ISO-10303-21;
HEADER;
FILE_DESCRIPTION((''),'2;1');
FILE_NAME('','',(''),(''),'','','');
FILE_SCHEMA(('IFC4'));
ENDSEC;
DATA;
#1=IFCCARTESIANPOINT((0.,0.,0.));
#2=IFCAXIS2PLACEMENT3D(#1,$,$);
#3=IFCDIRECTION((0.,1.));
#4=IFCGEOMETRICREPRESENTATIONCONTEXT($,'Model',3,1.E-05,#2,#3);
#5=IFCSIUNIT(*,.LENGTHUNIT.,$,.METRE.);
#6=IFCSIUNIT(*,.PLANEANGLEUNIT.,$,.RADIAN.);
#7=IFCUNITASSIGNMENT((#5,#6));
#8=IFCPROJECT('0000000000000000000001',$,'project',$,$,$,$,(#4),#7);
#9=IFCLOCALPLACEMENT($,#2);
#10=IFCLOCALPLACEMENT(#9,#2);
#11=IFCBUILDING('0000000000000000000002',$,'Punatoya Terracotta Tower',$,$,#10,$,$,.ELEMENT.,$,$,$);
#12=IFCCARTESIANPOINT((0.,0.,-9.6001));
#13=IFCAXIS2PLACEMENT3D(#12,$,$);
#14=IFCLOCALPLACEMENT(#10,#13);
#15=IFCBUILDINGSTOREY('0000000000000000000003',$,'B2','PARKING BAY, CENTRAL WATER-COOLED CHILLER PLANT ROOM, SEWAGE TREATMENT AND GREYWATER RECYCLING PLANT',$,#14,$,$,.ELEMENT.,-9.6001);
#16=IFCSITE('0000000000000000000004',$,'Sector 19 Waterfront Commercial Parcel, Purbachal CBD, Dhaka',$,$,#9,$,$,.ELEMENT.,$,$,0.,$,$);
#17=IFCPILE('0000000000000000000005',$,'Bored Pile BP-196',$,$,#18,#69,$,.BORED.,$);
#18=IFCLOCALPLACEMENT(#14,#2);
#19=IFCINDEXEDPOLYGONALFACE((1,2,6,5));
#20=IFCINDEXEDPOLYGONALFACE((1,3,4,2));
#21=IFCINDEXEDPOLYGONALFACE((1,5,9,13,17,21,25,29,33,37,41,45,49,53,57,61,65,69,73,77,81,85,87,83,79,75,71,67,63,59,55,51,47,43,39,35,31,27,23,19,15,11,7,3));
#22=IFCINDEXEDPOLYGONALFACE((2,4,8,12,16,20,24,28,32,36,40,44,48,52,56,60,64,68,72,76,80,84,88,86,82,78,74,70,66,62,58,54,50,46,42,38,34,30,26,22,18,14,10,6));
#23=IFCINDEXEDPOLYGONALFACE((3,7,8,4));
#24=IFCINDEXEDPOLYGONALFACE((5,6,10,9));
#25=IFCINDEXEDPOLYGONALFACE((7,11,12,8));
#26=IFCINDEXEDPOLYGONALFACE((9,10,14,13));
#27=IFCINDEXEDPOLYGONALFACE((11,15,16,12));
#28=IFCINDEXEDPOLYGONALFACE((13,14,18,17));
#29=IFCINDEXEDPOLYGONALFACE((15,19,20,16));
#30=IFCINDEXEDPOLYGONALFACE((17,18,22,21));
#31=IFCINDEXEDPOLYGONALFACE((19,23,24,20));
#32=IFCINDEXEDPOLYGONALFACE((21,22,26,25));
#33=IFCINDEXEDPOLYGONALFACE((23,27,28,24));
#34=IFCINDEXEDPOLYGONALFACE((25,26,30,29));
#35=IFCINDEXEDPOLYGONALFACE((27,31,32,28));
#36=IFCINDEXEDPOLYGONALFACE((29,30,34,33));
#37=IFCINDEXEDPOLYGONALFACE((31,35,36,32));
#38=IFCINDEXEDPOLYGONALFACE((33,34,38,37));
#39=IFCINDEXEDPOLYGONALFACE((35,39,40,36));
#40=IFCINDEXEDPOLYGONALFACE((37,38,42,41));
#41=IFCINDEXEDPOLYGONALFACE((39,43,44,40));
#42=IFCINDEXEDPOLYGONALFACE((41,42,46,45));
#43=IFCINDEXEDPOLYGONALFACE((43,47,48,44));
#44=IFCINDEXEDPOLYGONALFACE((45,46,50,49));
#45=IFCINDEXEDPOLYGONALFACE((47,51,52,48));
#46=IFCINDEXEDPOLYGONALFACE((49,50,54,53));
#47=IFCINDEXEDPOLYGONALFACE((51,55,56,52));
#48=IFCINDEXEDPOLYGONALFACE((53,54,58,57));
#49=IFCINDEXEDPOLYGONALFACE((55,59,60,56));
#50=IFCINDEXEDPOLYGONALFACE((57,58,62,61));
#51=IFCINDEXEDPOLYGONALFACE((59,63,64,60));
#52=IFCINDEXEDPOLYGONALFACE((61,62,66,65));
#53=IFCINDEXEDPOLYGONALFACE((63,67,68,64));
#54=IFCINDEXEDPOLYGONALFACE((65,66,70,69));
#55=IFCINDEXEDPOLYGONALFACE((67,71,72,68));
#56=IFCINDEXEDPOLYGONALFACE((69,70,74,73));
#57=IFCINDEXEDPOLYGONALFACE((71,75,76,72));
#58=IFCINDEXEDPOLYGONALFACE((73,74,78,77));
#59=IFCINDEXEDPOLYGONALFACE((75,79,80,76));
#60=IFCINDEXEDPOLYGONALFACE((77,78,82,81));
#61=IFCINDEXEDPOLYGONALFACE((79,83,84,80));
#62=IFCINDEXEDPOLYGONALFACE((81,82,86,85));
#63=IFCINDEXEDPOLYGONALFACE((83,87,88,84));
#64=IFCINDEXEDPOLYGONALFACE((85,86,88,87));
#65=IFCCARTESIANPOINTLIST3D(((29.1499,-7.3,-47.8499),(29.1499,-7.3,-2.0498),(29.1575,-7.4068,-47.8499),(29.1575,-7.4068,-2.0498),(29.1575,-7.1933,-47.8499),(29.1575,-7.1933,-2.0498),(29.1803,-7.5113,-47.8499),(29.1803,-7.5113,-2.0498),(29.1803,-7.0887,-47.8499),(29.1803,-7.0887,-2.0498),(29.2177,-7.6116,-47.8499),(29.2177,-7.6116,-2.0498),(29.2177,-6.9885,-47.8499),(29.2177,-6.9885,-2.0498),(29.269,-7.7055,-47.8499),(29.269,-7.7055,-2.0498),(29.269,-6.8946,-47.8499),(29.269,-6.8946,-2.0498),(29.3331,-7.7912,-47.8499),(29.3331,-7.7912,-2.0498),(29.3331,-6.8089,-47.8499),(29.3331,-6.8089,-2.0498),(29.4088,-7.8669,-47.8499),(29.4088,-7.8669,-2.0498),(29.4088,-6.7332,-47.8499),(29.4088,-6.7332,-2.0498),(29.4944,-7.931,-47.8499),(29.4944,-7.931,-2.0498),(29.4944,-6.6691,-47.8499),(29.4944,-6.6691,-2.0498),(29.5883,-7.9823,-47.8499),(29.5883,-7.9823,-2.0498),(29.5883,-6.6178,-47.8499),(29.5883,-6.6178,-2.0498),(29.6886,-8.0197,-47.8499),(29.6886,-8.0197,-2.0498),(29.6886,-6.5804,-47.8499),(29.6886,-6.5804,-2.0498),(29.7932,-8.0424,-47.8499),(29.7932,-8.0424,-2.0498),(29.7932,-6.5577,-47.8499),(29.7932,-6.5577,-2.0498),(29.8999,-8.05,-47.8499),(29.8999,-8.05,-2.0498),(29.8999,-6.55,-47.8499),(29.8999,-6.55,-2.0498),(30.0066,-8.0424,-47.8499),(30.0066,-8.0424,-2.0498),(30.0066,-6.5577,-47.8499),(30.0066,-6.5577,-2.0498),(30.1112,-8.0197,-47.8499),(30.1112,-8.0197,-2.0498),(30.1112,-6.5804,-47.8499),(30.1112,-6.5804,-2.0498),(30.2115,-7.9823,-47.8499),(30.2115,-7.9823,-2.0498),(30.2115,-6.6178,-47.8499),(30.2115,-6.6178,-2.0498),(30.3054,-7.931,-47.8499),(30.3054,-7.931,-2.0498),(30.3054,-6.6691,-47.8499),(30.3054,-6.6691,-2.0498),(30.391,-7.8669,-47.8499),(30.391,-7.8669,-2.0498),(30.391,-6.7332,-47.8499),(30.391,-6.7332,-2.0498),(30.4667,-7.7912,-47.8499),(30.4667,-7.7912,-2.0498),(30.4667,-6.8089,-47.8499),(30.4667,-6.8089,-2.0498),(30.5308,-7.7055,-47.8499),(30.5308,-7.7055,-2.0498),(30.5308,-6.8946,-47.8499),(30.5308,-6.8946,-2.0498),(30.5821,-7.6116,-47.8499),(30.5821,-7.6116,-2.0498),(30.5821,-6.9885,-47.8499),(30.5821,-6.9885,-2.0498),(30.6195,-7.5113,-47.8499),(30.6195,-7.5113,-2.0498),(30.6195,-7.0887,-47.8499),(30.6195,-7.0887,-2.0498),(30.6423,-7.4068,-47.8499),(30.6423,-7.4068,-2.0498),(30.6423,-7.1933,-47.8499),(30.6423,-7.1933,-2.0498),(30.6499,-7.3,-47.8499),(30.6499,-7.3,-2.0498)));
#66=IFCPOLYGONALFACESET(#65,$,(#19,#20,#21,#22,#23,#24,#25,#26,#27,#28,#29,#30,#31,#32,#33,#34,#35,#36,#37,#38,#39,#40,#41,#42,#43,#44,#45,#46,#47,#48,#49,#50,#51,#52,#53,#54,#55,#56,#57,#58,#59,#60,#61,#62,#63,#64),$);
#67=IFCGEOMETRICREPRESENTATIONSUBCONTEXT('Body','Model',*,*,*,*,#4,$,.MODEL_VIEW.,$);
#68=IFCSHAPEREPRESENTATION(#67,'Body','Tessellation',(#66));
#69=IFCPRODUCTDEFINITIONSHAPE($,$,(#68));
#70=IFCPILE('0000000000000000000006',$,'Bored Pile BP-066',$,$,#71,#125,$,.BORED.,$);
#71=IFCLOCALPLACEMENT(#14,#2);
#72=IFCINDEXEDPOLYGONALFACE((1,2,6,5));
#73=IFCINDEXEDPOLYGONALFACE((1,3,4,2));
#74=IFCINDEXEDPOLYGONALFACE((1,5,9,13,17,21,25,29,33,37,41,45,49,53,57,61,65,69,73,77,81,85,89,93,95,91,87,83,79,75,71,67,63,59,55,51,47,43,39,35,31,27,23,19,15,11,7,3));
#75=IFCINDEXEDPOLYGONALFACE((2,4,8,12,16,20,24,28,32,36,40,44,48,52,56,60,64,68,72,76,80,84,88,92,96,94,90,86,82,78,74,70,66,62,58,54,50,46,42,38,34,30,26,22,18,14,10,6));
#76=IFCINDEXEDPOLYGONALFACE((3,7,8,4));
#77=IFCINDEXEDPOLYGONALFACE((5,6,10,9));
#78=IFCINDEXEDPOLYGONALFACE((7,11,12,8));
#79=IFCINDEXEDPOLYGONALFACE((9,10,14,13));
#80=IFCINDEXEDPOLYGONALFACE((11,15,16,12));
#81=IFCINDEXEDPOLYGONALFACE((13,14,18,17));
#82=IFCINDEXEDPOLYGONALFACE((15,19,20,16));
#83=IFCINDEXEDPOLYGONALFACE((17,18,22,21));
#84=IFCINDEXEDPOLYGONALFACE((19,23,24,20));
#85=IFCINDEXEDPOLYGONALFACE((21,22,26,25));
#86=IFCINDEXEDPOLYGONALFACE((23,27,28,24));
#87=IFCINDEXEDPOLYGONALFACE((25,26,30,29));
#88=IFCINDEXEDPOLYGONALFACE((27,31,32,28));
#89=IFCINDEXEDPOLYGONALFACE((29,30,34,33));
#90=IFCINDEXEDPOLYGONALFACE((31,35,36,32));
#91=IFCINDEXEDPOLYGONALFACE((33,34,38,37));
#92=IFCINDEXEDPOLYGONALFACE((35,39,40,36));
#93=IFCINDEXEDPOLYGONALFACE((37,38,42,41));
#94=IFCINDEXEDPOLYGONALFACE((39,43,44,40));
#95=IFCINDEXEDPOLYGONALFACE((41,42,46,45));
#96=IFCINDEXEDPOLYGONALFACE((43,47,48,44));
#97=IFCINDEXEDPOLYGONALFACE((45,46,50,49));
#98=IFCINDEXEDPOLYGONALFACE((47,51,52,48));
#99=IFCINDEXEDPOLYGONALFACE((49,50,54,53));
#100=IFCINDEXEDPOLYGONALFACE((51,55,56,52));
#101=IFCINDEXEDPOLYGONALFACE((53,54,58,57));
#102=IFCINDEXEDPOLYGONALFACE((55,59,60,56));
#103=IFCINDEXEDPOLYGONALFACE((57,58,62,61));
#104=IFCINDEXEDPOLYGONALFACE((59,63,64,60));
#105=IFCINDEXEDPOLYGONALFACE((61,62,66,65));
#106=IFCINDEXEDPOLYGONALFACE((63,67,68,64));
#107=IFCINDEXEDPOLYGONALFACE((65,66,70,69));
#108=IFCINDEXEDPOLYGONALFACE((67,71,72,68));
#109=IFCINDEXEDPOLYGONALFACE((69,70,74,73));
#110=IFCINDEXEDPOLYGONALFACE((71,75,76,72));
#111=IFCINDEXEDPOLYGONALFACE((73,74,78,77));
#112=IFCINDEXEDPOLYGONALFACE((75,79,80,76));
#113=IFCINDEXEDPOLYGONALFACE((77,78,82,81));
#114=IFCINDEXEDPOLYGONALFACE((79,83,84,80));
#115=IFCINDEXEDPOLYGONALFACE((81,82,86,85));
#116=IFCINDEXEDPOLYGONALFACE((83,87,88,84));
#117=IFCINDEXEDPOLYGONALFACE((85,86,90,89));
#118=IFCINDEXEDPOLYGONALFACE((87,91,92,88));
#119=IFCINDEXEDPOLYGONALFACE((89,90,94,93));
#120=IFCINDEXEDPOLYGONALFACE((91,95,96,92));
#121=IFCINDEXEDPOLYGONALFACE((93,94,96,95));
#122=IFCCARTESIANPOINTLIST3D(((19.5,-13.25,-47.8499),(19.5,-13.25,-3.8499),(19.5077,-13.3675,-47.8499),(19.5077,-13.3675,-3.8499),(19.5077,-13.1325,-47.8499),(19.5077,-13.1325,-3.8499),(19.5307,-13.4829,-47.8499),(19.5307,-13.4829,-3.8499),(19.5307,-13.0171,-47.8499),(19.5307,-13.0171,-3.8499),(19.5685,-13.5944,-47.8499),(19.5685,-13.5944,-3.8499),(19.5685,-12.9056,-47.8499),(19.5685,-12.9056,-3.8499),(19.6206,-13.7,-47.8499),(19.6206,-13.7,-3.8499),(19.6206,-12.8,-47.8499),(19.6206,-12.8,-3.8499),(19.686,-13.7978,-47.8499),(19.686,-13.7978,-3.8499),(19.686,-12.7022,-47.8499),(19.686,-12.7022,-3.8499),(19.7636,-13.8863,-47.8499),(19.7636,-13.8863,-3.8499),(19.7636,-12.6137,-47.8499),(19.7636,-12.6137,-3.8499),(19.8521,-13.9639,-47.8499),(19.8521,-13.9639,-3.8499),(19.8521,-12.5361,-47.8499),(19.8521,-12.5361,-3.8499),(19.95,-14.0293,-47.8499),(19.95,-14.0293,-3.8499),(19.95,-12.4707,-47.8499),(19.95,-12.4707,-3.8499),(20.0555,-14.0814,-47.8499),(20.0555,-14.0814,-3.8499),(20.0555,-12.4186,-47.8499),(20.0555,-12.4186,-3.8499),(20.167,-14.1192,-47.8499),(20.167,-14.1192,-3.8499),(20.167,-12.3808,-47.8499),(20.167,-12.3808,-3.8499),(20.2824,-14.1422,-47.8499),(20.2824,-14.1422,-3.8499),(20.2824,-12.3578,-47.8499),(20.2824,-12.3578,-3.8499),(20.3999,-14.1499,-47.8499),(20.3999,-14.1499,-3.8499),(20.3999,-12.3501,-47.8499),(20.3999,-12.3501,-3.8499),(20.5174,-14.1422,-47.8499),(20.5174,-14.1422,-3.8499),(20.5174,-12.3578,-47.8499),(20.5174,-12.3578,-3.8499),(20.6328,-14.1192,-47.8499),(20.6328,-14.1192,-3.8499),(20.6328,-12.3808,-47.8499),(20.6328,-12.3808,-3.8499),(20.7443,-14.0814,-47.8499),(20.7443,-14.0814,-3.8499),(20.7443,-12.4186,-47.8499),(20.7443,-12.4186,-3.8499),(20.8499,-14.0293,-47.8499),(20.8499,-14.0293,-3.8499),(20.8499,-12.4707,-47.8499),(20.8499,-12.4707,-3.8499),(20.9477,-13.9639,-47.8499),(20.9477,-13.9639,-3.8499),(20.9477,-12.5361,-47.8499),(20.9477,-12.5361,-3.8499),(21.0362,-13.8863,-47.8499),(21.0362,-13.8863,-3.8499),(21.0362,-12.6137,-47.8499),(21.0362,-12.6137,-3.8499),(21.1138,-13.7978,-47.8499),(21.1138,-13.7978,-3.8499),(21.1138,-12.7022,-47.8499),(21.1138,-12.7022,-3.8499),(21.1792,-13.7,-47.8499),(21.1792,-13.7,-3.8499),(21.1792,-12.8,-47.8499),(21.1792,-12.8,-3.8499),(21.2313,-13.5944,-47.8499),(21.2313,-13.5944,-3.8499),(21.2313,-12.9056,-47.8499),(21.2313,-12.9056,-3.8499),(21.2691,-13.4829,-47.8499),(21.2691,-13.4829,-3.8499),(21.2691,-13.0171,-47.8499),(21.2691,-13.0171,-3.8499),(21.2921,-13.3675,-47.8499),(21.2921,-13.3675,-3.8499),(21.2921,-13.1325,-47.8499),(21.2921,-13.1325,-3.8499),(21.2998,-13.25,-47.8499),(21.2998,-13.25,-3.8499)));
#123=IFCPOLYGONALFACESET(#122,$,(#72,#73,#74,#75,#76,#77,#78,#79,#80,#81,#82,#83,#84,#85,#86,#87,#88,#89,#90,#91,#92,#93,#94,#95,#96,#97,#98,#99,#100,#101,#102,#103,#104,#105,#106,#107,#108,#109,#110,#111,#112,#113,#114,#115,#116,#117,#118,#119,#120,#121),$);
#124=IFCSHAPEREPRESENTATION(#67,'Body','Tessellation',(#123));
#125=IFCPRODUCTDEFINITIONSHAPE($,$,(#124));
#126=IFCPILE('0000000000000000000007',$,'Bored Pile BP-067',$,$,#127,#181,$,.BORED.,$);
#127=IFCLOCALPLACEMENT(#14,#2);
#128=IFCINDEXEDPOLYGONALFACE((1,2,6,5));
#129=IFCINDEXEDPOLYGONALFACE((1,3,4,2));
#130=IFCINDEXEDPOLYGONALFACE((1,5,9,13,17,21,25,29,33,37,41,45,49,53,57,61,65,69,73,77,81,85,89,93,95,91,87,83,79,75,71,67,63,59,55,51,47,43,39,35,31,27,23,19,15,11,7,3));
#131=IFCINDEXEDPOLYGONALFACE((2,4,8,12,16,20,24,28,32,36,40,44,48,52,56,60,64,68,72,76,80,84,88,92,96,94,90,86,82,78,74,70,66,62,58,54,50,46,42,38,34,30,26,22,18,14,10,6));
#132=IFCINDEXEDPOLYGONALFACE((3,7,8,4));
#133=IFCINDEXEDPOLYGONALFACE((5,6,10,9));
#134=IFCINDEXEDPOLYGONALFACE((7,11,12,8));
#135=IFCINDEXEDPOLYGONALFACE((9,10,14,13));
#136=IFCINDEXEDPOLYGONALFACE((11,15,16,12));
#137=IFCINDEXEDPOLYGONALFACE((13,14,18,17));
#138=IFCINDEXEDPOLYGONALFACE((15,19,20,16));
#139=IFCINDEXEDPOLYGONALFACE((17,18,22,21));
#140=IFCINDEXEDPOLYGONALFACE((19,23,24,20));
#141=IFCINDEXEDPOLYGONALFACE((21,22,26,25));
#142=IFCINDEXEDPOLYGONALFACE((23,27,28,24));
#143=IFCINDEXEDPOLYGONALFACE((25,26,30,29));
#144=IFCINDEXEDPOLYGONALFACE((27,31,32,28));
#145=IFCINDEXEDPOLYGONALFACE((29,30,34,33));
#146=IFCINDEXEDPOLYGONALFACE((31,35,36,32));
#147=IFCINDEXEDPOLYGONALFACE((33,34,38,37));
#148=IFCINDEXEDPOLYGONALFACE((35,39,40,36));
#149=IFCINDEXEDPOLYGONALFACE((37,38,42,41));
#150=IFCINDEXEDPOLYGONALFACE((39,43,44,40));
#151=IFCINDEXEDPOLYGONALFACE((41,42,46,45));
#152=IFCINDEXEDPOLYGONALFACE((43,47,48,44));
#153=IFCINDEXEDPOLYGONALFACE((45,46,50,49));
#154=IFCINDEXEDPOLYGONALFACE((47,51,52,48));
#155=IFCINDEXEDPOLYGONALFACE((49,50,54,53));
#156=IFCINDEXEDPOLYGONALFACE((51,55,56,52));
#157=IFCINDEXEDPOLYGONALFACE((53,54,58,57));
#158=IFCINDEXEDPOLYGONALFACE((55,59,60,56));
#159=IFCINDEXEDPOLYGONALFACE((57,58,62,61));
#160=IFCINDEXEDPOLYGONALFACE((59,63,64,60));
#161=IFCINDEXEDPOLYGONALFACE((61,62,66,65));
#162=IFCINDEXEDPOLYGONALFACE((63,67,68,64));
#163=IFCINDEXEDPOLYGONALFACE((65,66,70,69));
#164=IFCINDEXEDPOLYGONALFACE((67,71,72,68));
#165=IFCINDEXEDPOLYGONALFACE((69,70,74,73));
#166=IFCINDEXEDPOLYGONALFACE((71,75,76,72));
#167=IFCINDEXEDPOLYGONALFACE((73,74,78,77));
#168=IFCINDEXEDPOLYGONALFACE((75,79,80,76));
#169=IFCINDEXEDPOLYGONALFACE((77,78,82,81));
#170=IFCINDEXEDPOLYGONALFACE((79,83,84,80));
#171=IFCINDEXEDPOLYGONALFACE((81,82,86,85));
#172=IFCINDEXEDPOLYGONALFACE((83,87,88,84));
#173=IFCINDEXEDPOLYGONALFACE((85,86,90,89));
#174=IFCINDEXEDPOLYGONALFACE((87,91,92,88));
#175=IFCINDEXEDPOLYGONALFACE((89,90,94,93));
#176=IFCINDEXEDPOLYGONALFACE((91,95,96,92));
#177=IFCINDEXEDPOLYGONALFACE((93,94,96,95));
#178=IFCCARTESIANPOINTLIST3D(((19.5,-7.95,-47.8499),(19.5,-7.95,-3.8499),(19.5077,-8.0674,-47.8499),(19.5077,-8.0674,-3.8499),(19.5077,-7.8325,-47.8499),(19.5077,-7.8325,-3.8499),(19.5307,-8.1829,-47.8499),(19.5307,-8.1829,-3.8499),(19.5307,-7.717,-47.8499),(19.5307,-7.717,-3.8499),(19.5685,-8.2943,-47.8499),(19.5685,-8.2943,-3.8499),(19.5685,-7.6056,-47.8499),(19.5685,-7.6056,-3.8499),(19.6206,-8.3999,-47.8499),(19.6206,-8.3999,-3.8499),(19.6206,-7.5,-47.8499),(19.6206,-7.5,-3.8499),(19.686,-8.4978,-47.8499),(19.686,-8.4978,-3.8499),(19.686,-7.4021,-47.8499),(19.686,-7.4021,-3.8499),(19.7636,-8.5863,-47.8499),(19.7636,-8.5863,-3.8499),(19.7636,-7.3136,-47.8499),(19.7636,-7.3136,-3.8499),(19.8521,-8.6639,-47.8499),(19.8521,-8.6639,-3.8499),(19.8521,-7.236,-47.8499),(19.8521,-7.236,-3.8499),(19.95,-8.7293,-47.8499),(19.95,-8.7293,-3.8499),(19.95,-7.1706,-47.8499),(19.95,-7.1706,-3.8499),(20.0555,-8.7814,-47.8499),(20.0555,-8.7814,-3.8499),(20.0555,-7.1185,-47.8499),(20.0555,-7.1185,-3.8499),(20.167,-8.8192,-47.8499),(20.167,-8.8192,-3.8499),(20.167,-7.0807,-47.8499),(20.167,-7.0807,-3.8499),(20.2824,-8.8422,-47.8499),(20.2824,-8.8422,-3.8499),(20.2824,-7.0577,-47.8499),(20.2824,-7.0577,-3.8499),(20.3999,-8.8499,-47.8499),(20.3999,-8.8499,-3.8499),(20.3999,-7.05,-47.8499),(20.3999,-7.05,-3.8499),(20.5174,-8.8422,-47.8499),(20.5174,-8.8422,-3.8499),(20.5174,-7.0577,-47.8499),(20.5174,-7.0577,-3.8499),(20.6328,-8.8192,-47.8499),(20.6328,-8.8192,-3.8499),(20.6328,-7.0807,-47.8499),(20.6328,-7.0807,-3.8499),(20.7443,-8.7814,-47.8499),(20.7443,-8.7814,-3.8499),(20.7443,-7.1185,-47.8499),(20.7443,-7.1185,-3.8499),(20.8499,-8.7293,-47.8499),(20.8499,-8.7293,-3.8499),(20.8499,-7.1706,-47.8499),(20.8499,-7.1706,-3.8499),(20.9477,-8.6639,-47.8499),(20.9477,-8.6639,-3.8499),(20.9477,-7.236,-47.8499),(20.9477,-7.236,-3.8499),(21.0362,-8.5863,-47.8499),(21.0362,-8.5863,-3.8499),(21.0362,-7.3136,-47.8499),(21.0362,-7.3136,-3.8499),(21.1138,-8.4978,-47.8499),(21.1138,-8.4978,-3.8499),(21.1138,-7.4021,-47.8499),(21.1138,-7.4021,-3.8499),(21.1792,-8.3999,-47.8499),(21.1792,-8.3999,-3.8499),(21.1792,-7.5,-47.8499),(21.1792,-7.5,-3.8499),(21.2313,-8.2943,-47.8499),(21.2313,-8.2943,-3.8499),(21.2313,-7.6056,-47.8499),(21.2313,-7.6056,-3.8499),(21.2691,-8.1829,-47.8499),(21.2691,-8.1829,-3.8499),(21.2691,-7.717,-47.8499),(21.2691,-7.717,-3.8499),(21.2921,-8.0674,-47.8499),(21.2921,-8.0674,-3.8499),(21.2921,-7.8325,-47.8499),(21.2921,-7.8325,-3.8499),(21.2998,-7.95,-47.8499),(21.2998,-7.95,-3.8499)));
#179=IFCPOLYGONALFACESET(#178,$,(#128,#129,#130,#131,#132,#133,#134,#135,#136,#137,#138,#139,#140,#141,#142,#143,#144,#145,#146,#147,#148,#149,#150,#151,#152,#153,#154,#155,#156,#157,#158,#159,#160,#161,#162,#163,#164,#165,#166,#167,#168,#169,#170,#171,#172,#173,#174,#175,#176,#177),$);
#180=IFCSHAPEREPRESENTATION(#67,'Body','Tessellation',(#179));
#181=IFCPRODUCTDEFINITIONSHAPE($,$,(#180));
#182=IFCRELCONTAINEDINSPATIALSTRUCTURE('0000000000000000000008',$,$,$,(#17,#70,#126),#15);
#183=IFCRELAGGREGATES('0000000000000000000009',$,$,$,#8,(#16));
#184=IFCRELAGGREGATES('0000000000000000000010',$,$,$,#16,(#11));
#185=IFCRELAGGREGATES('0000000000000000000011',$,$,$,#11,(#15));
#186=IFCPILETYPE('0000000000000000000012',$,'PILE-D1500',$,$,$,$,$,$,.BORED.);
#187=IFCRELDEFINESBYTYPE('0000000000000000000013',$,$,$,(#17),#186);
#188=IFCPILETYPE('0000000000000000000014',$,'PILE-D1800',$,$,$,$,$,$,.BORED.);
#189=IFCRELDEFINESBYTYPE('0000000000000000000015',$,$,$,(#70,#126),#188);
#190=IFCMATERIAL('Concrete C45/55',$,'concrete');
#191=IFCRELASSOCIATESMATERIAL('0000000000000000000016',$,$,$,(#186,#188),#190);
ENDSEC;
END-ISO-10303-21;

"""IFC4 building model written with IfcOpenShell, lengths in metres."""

from ifc_helpers import new_model, si_unit, direction, frame, origin, origin_2d, place, context, subcontext, project, spatial, circle, extrude, material, material_profile, profile_set, type_object, element, save


model = new_model("IFC4")

# Units and contexts
model_context = context("Model", 3, precision=1e-05, world=origin(), true_north=direction((0.0, 1.0)))
body_context = subcontext(model_context, "Body", "Model", "MODEL_VIEW")
ifc_project = project(units=[si_unit("LENGTHUNIT", "METRE"), si_unit("PLANEANGLEUNIT", "RADIAN")], contexts=[model_context])

# Site, building, storey
site_placement = place(None, origin())
site = spatial("IfcSite", under=ifc_project, at=site_placement, Name="Sector 19 Waterfront Commercial Parcel, Purbachal CBD, Dhaka", CompositionType="ELEMENT", RefElevation=0.0)
building_placement = place(site_placement, origin())
building = spatial("IfcBuilding", under=site, at=building_placement, Name="Punatoya Terracotta Tower", CompositionType="ELEMENT")
storey_placement = place(building_placement, frame((0.0, 0.0, -9.6001)))
storey = spatial("IfcBuildingStorey", under=building, at=storey_placement, Name="B2", Description="PARKING BAY, CENTRAL WATER-COOLED CHILLER PLANT ROOM, SEWAGE TREATMENT AND GREYWATER RECYCLING PLANT", CompositionType="ELEMENT", Elevation=-9.6001)

# Shared definitions
ifc_material_1 = material(Name="Concrete C45/55", Category="concrete")

# Piles
ifc_material_profile_1 = material_profile(ifc_material_1, circle(Radius=0.75, at=origin_2d()))
ifc_profile_set_1 = profile_set([ifc_material_profile_1], Name="Concrete C45/55")
pile_type_1 = type_object("IfcPileType", Name="PILE-D1500", PredefinedType="BORED", material=ifc_profile_set_1)
for number, where, z_axis, x_axis, name in (
    (1, (29.8999, -7.3, -2.0498), (0.0, 0.0, -1.0), (1.0, 0.0, 0.0), "Bored Pile BP-196"),
):
    element("IfcPile", number, at=place(storey_placement, frame(where, z_axis=z_axis, x_axis=x_axis)), inside=storey, type_object=pile_type_1, Name=name, PredefinedType="BORED", context=body_context, shape_type="SweptSolid", body=[
        extrude(circle(Radius=0.75, at=origin_2d()), origin(), (0.0, 0.0, 1.0), 45.8),
    ])
ifc_material_profile_2 = material_profile(ifc_material_1, circle(Radius=0.8999, at=origin_2d()))
ifc_profile_set_2 = profile_set([ifc_material_profile_2], Name="Concrete C45/55")
pile_type_2 = type_object("IfcPileType", Name="PILE-D1800", PredefinedType="BORED", material=ifc_profile_set_2)
for number, where, z_axis, x_axis, name in (
    (2, (20.3999, -13.25, -3.8499), (0.0, 0.0, -1.0), (1.0, 0.0, 0.0), "Bored Pile BP-066"),
    (3, (20.3999, -7.95, -3.8499), (0.0, 0.0, -1.0), (1.0, 0.0, 0.0), "Bored Pile BP-067"),
):
    element("IfcPile", number, at=place(storey_placement, frame(where, z_axis=z_axis, x_axis=x_axis)), inside=storey, type_object=pile_type_2, Name=name, PredefinedType="BORED", context=body_context, shape_type="SweptSolid", body=[
        extrude(circle(Radius=0.8999, at=origin_2d()), origin(), (0.0, 0.0, 1.0), 44.0),
    ])

save(model, "model.ifc")
